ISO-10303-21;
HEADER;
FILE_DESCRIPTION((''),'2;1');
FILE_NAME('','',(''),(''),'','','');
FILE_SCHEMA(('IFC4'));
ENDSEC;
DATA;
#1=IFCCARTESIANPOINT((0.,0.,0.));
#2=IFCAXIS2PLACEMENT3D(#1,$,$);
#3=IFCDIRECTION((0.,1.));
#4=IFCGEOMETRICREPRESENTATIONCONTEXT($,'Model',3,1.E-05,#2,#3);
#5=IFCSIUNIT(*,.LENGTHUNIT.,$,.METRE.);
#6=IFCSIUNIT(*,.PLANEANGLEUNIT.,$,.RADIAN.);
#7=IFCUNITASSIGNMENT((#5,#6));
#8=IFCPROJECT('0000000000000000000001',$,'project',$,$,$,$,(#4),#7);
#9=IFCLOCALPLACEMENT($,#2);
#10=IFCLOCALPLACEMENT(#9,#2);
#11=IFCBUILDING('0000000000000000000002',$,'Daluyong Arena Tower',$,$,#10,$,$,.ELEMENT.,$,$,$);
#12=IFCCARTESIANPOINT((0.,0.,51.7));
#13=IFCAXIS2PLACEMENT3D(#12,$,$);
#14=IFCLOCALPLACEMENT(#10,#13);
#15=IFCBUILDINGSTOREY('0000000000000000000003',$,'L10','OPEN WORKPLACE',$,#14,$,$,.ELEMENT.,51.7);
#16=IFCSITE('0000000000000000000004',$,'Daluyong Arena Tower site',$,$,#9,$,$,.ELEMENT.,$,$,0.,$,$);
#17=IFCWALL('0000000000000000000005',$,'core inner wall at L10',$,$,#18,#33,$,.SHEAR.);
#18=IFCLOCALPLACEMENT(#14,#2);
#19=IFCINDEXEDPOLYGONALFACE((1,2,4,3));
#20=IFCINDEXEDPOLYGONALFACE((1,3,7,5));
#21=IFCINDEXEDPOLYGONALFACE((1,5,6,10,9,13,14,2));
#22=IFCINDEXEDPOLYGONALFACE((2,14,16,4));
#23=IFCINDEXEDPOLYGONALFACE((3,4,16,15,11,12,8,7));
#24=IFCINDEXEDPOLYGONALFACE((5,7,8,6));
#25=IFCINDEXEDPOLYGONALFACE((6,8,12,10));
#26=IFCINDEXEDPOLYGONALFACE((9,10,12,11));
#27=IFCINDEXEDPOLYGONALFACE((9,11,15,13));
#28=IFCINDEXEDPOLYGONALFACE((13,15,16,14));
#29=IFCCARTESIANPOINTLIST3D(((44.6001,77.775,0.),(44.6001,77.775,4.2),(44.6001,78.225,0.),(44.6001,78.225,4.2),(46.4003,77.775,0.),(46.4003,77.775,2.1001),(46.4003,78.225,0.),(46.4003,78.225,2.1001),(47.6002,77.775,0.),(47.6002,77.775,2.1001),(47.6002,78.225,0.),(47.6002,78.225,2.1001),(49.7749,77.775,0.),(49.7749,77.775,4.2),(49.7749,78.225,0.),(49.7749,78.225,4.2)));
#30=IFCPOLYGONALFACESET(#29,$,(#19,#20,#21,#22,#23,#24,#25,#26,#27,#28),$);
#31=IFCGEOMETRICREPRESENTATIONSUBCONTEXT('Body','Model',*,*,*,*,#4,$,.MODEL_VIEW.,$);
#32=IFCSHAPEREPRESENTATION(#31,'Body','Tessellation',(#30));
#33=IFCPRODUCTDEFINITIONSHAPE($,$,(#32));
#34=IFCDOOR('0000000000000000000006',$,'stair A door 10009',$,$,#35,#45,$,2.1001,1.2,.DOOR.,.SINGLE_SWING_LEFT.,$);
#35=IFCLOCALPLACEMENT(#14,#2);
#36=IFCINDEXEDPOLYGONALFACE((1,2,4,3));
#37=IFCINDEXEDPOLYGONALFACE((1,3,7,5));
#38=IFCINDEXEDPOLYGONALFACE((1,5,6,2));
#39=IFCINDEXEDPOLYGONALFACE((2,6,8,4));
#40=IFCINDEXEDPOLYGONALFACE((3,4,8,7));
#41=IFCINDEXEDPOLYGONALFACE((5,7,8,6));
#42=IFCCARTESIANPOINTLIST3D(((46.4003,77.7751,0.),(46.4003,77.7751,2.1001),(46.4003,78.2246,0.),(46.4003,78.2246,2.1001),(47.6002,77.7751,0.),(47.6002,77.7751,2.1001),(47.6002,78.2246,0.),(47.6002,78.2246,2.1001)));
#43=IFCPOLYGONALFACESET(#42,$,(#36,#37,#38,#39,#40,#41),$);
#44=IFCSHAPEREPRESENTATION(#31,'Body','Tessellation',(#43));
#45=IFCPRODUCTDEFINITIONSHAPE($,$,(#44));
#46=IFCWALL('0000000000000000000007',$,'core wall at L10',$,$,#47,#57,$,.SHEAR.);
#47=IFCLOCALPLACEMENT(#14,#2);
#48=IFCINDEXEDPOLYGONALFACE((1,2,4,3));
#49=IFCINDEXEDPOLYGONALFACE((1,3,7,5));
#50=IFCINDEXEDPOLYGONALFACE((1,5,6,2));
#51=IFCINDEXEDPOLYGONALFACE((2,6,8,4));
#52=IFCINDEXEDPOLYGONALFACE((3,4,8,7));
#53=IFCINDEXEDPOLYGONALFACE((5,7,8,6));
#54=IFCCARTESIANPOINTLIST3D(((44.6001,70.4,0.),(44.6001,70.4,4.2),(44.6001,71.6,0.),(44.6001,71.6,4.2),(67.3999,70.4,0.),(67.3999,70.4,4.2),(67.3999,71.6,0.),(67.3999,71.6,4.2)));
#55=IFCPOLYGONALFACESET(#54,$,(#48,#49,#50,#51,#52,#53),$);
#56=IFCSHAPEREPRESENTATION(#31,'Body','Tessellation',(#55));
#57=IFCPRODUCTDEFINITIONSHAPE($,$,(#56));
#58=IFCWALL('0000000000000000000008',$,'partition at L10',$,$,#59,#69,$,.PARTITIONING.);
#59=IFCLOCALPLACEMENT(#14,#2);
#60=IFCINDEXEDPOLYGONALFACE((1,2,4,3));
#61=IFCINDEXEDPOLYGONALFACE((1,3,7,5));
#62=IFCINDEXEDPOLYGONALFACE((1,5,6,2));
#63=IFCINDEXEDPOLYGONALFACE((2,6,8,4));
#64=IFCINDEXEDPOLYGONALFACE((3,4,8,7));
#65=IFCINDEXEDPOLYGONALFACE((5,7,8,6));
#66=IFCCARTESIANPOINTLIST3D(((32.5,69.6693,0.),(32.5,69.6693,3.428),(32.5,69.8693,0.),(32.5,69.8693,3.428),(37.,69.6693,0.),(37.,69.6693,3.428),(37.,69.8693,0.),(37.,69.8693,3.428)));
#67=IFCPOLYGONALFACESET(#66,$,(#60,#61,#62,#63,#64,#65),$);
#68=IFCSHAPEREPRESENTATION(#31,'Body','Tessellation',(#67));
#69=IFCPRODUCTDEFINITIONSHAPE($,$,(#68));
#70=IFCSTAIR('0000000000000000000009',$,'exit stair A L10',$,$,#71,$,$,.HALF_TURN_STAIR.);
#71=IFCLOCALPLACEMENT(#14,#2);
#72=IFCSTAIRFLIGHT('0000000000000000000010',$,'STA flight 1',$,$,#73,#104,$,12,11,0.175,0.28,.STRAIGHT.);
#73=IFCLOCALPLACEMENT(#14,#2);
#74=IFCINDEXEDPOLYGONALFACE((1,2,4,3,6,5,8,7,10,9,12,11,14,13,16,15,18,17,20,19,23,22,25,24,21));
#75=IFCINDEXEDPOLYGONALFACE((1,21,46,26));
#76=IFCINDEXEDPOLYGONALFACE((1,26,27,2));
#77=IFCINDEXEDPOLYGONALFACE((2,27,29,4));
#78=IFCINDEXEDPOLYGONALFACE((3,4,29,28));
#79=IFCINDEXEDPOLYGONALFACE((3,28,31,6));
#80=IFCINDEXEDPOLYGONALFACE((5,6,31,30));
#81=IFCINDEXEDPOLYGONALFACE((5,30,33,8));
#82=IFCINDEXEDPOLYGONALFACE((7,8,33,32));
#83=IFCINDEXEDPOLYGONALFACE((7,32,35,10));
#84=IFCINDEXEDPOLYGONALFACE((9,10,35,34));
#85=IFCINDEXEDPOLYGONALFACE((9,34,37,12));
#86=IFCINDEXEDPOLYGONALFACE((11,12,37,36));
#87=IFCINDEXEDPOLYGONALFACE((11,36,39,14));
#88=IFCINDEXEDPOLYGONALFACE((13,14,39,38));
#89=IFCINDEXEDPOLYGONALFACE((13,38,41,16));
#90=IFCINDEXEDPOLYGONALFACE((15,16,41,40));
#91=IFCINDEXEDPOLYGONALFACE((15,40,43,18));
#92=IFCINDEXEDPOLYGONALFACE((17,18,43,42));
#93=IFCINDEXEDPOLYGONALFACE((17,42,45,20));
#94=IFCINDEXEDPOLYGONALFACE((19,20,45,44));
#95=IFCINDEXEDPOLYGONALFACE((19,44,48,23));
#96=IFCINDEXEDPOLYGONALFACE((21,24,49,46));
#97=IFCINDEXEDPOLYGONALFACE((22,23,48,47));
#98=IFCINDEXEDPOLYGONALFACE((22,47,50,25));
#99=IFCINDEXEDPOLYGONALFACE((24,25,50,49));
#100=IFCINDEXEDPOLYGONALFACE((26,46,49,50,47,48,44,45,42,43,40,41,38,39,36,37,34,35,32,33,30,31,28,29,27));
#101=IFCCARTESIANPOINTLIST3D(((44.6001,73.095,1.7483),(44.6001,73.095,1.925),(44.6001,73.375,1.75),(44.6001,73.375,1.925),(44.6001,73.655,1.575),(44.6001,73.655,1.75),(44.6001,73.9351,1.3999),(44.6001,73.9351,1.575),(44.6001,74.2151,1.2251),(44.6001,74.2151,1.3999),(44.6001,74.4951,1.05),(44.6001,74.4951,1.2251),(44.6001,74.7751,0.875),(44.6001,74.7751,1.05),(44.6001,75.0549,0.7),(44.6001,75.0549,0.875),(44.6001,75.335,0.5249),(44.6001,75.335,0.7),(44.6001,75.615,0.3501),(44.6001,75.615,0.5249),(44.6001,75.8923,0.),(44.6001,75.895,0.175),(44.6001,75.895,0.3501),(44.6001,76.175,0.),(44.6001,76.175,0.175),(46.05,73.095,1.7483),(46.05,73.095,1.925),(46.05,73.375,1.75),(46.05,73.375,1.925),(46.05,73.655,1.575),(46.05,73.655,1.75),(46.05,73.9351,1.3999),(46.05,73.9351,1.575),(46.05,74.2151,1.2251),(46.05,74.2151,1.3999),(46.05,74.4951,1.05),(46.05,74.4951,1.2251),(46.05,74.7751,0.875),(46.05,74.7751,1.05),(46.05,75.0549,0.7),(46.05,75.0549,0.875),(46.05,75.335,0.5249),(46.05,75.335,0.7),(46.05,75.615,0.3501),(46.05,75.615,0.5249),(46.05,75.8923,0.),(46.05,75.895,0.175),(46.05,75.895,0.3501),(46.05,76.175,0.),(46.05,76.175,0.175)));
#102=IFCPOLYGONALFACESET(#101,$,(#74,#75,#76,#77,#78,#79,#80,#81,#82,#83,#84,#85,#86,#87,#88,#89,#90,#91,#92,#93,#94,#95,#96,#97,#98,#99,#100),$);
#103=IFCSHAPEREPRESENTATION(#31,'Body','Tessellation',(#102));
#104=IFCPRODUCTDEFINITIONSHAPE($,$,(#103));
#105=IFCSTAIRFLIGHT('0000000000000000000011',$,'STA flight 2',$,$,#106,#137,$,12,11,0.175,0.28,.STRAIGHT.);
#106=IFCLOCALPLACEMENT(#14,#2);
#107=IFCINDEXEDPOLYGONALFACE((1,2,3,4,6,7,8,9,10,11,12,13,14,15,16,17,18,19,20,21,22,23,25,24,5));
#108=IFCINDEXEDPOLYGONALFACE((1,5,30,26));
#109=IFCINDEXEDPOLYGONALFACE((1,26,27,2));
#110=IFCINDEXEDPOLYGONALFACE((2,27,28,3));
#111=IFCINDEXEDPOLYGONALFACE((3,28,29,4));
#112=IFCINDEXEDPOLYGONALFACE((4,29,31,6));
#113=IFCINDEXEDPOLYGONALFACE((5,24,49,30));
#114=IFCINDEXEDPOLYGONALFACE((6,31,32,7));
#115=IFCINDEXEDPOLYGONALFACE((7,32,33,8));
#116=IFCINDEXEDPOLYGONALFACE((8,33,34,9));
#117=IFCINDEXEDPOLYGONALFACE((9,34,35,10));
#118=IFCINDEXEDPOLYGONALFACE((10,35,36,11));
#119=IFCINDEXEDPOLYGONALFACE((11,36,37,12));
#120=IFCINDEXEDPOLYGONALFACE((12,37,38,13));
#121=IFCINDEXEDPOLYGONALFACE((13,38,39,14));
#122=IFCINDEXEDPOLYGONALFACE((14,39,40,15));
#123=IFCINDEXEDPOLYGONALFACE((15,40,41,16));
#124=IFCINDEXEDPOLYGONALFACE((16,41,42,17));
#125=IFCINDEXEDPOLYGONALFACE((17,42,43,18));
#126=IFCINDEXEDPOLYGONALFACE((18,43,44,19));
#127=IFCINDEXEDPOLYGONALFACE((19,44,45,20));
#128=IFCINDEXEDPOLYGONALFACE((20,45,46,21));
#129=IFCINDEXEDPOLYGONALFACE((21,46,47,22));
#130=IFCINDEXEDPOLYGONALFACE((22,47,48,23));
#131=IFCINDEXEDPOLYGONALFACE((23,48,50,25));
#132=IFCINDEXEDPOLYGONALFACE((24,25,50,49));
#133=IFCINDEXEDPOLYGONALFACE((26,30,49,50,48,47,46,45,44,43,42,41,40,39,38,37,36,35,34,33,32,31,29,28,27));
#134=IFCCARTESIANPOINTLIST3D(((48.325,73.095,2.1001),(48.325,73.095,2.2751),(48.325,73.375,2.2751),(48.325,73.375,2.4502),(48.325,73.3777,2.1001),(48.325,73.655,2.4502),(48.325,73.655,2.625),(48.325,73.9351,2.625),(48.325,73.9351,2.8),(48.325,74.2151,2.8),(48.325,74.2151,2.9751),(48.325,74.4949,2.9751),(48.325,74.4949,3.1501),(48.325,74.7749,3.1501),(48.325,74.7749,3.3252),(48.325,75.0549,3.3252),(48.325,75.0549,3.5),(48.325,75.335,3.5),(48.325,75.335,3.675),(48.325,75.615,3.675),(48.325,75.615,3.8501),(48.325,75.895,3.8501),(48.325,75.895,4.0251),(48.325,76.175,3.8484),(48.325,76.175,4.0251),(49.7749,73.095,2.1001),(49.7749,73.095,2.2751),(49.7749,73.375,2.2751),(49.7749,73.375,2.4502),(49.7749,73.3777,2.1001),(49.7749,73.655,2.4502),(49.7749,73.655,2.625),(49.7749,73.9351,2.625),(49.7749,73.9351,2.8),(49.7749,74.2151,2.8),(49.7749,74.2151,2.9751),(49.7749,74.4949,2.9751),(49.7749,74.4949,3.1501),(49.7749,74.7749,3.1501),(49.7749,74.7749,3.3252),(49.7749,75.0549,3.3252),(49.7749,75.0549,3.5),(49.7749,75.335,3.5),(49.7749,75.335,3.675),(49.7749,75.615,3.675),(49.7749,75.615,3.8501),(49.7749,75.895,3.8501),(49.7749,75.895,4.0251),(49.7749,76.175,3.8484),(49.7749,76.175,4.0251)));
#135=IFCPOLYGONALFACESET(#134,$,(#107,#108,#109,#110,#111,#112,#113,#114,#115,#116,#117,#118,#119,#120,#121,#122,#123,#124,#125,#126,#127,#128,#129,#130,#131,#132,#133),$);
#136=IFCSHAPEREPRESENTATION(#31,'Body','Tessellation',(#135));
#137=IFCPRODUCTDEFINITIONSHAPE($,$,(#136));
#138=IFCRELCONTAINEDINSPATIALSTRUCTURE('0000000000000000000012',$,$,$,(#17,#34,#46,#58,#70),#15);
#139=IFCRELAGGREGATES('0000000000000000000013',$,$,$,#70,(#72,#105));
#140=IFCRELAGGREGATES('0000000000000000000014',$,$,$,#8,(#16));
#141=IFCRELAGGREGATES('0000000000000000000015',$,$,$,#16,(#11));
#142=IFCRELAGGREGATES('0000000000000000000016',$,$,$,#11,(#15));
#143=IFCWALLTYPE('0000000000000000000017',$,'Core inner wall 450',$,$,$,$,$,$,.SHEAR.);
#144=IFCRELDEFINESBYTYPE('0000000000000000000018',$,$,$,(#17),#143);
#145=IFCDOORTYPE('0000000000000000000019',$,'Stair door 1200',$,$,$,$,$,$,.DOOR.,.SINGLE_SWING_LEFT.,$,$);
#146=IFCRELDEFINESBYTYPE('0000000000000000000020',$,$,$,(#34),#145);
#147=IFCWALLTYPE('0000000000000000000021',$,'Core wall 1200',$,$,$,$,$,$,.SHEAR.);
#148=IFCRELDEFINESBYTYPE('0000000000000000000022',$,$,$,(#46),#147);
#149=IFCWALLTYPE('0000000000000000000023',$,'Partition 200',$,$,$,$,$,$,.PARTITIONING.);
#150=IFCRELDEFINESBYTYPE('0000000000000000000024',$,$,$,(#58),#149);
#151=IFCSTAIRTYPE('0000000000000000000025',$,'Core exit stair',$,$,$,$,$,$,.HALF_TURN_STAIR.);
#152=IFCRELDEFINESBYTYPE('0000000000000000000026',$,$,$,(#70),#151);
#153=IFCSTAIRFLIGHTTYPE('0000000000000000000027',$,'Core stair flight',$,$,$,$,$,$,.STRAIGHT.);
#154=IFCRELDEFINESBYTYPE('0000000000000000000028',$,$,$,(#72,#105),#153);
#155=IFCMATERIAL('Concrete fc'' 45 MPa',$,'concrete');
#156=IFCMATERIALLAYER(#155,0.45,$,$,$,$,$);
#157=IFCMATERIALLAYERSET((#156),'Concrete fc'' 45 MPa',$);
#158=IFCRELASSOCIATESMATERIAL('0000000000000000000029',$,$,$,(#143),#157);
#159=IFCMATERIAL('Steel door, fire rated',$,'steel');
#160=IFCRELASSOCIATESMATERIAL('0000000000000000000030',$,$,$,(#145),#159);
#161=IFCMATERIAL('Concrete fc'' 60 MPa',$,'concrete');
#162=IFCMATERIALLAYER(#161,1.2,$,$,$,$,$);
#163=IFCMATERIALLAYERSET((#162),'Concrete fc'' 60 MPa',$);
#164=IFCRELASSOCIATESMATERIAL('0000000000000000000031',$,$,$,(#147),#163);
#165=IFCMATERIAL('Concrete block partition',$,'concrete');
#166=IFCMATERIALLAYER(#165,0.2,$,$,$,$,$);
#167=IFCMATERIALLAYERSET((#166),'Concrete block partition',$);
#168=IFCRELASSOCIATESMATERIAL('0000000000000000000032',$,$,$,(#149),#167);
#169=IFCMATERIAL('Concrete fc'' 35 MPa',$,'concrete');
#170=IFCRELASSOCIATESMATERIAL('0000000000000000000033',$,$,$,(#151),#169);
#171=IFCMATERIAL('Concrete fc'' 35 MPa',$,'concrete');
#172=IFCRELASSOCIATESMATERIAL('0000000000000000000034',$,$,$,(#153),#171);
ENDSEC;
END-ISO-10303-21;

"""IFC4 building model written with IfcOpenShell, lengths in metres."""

from ifc_helpers import new_model, si_unit, direction, frame, frame_2d, origin, place, context, subcontext, project, spatial, polyline, rectangle, outline, extrude, material, layer, layer_set, type_object, element, fill, aggregate, save


model = new_model("IFC4")

# Units and contexts
model_context = context("Model", 3, precision=1e-05, world=origin(), true_north=direction((0.0, 1.0)))
body_context = subcontext(model_context, "Body", "Model", "MODEL_VIEW")
ifc_project = project(units=[si_unit("LENGTHUNIT", "METRE"), si_unit("PLANEANGLEUNIT", "RADIAN")], contexts=[model_context])

# Site, building, storey
site_placement = place(None, origin())
site = spatial("IfcSite", under=ifc_project, at=site_placement, Name="Daluyong Arena Tower site", CompositionType="ELEMENT", RefElevation=0.0)
building_placement = place(site_placement, origin())
building = spatial("IfcBuilding", under=site, at=building_placement, Name="Daluyong Arena Tower", CompositionType="ELEMENT")
storey_placement = place(building_placement, frame((0.0, 0.0, 51.7)))
storey = spatial("IfcBuildingStorey", under=building, at=storey_placement, Name="L10", Description="OPEN WORKPLACE", CompositionType="ELEMENT", Elevation=51.7)

# Wall, opening, door
ifc_material_1 = material(Name="Concrete fc' 45 MPa", Category="concrete")
ifc_layer_1 = layer(ifc_material_1, 0.45)
ifc_layer_set_1 = layer_set([ifc_layer_1], Name="Concrete fc' 45 MPa")
wall_type_1 = type_object("IfcWallType", Name="Core inner wall 450", PredefinedType="SHEAR", material=ifc_layer_set_1)
wall_1_placement = place(storey_placement, frame((44.6001, 78.0, 0.0), z_axis=(0.0, 0.0, 1.0), x_axis=(1.0, 0.0, 0.0)))
wall_1 = element("IfcWall", 1, at=wall_1_placement, inside=storey, type_object=wall_type_1, Name="core inner wall at L10", PredefinedType="SHEAR", context=body_context, shape_type="SweptSolid", body=[
    extrude(rectangle(XDim=5.1748, YDim=0.45, at=frame_2d((2.5874, 0.0))), origin(), (0.0, 0.0, 1.0), 4.2),
])
opening_1_placement = place(wall_1_placement, frame((1.8, 0.0, 0.0)))
opening_1 = element("IfcOpeningElement", 2, at=opening_1_placement, cuts=wall_1, PredefinedType="OPENING", context=body_context, shape_type="SweptSolid", body=[
    extrude(rectangle(XDim=1.2, YDim=2.1001, at=frame_2d((0.6001, 1.05))), frame((0.0, 0.2349, 0.0), z_axis=(0.0, -1.0, 0.0), x_axis=(1.0, 0.0, 0.0)), (0.0, 0.0, 1.0), 0.47),
])
ifc_material_2 = material(Name="Steel door, fire rated", Category="steel")
door_type_1 = type_object("IfcDoorType", Name="Stair door 1200", OperationType="SINGLE_SWING_LEFT", PredefinedType="DOOR", material=ifc_material_2)
door_1_placement = place(opening_1_placement, origin())
door_1 = element("IfcDoor", 3, at=door_1_placement, inside=storey, type_object=door_type_1, Name="stair A door 10009", OperationType="SINGLE_SWING_LEFT", OverallHeight=2.1001, OverallWidth=1.2, PredefinedType="DOOR", context=body_context, shape_type="SweptSolid", body=[
    extrude(rectangle(XDim=1.2, YDim=2.1001, at=frame_2d((0.6001, 1.05))), frame((0.0, 0.2246, 0.0), z_axis=(0.0, -1.0, 0.0), x_axis=(1.0, 0.0, 0.0)), (0.0, 0.0, 1.0), 0.4495),
])
fill(opening_1, door_1)
ifc_material_3 = material(Name="Concrete fc' 60 MPa", Category="concrete")
ifc_layer_2 = layer(ifc_material_3, 1.2)
ifc_layer_set_2 = layer_set([ifc_layer_2], Name="Concrete fc' 60 MPa")
wall_type_2 = type_object("IfcWallType", Name="Core wall 1200", PredefinedType="SHEAR", material=ifc_layer_set_2)

# Walls
wall_2_placement = place(storey_placement, frame((44.6001, 71.0, 0.0), z_axis=(0.0, 0.0, 1.0), x_axis=(1.0, 0.0, 0.0)))
element("IfcWall", 4, at=wall_2_placement, inside=storey, type_object=wall_type_2, Name="core wall at L10", PredefinedType="SHEAR", context=body_context, shape_type="SweptSolid", body=[
    extrude(rectangle(XDim=22.7998, YDim=1.2, at=frame_2d((11.3999, 0.0))), origin(), (0.0, 0.0, 1.0), 4.2),
])
ifc_material_4 = material(Name="Concrete block partition", Category="concrete")
ifc_layer_3 = layer(ifc_material_4, 0.2)
ifc_layer_set_3 = layer_set([ifc_layer_3], Name="Concrete block partition")
wall_type_3 = type_object("IfcWallType", Name="Partition 200", PredefinedType="PARTITIONING", material=ifc_layer_set_3)
wall_3_placement = place(storey_placement, frame((32.5, 69.7693, 0.0), z_axis=(0.0, 0.0, 1.0), x_axis=(1.0, 0.0, 0.0)))
element("IfcWall", 5, at=wall_3_placement, inside=storey, type_object=wall_type_3, Name="partition at L10", PredefinedType="PARTITIONING", context=body_context, shape_type="SweptSolid", body=[
    extrude(rectangle(XDim=4.5, YDim=0.2, at=frame_2d((2.25, 0.0))), origin(), (0.0, 0.0, 1.0), 3.428),
])

# Stair, stair flights
ifc_material_5 = material(Name="Concrete fc' 35 MPa", Category="concrete")
stair_type = type_object("IfcStairType", Name="Core exit stair", PredefinedType="HALF_TURN_STAIR", material=ifc_material_5)
stair_placement = place(storey_placement, origin())
stair = element("IfcStair", 6, at=stair_placement, inside=storey, type_object=stair_type, Name="exit stair A L10", PredefinedType="HALF_TURN_STAIR")
ifc_material_6 = material(Name="Concrete fc' 35 MPa", Category="concrete")
stair_flight_type = type_object("IfcStairFlightType", Name="Core stair flight", PredefinedType="STRAIGHT", material=ifc_material_6)
stair_flight_1_placement = place(storey_placement, frame((45.325, 76.175, 0.0), z_axis=(0.0, 0.0, 1.0), x_axis=(0.0, -1.0, 0.0)))
stair_flight_1 = element("IfcStairFlight", 7, at=stair_flight_1_placement, type_object=stair_flight_type, Name="STA flight 1", NumberOfRisers=12, NumberOfTreads=11, PredefinedType="STRAIGHT", RiserHeight=0.175, TreadLength=0.28, context=body_context, shape_type="SweptSolid", body=[
    extrude(outline(polyline([(0.0, 0.0), (0.0, 0.175), (0.28, 0.175), (0.28, 0.3501), (0.5601, 0.3501), (0.5601, 0.5249), (0.8401, 0.5249), (0.8401, 0.7), (1.1201, 0.7), (1.1201, 0.875), (1.3999, 0.875), (1.3999, 1.05), (1.6799, 1.05), (1.6799, 1.2251), (1.96, 1.2251), (1.96, 1.3999), (2.24, 1.3999), (2.24, 1.575), (2.52, 1.575), (2.52, 1.75), (2.8, 1.75), (2.8, 1.925), (3.0801, 1.925), (3.0801, 2.1001), (3.0801, 1.7483), (0.2827, 0.0), (0.0, 0.0)])), frame((0.0, 0.7251, 0.0), z_axis=(0.0, -1.0, 0.0), x_axis=(1.0, 0.0, 0.0)), (0.0, 0.0, 1.0), 1.45),
])
stair_flight_2_placement = place(storey_placement, frame((49.05, 73.095, 2.1001), z_axis=(0.0, 0.0, 1.0), x_axis=(0.0, 1.0, 0.0)))
stair_flight_2 = element("IfcStairFlight", 8, at=stair_flight_2_placement, type_object=stair_flight_type, Name="STA flight 2", NumberOfRisers=12, NumberOfTreads=11, PredefinedType="STRAIGHT", RiserHeight=0.175, TreadLength=0.28, context=body_context, shape_type="SweptSolid", body=[
    extrude(outline(polyline([(0.0, 0.0), (0.0, 0.175), (0.28, 0.175), (0.28, 0.3501), (0.5601, 0.3501), (0.5601, 0.5249), (0.8401, 0.5249), (0.8401, 0.7), (1.1201, 0.7), (1.1201, 0.875), (1.3999, 0.875), (1.3999, 1.05), (1.6799, 1.05), (1.6799, 1.2251), (1.96, 1.2251), (1.96, 1.3999), (2.24, 1.3999), (2.24, 1.575), (2.52, 1.575), (2.52, 1.75), (2.8, 1.75), (2.8, 1.925), (3.0801, 1.925), (3.0801, 2.1001), (3.0801, 1.7483), (0.2827, 0.0), (0.0, 0.0)])), frame((0.0, 0.7251, 0.0), z_axis=(0.0, -1.0, 0.0), x_axis=(1.0, 0.0, 0.0)), (0.0, 0.0, 1.0), 1.45),
])
aggregate(stair, [stair_flight_1, stair_flight_2])

save(model, "model.ifc")
